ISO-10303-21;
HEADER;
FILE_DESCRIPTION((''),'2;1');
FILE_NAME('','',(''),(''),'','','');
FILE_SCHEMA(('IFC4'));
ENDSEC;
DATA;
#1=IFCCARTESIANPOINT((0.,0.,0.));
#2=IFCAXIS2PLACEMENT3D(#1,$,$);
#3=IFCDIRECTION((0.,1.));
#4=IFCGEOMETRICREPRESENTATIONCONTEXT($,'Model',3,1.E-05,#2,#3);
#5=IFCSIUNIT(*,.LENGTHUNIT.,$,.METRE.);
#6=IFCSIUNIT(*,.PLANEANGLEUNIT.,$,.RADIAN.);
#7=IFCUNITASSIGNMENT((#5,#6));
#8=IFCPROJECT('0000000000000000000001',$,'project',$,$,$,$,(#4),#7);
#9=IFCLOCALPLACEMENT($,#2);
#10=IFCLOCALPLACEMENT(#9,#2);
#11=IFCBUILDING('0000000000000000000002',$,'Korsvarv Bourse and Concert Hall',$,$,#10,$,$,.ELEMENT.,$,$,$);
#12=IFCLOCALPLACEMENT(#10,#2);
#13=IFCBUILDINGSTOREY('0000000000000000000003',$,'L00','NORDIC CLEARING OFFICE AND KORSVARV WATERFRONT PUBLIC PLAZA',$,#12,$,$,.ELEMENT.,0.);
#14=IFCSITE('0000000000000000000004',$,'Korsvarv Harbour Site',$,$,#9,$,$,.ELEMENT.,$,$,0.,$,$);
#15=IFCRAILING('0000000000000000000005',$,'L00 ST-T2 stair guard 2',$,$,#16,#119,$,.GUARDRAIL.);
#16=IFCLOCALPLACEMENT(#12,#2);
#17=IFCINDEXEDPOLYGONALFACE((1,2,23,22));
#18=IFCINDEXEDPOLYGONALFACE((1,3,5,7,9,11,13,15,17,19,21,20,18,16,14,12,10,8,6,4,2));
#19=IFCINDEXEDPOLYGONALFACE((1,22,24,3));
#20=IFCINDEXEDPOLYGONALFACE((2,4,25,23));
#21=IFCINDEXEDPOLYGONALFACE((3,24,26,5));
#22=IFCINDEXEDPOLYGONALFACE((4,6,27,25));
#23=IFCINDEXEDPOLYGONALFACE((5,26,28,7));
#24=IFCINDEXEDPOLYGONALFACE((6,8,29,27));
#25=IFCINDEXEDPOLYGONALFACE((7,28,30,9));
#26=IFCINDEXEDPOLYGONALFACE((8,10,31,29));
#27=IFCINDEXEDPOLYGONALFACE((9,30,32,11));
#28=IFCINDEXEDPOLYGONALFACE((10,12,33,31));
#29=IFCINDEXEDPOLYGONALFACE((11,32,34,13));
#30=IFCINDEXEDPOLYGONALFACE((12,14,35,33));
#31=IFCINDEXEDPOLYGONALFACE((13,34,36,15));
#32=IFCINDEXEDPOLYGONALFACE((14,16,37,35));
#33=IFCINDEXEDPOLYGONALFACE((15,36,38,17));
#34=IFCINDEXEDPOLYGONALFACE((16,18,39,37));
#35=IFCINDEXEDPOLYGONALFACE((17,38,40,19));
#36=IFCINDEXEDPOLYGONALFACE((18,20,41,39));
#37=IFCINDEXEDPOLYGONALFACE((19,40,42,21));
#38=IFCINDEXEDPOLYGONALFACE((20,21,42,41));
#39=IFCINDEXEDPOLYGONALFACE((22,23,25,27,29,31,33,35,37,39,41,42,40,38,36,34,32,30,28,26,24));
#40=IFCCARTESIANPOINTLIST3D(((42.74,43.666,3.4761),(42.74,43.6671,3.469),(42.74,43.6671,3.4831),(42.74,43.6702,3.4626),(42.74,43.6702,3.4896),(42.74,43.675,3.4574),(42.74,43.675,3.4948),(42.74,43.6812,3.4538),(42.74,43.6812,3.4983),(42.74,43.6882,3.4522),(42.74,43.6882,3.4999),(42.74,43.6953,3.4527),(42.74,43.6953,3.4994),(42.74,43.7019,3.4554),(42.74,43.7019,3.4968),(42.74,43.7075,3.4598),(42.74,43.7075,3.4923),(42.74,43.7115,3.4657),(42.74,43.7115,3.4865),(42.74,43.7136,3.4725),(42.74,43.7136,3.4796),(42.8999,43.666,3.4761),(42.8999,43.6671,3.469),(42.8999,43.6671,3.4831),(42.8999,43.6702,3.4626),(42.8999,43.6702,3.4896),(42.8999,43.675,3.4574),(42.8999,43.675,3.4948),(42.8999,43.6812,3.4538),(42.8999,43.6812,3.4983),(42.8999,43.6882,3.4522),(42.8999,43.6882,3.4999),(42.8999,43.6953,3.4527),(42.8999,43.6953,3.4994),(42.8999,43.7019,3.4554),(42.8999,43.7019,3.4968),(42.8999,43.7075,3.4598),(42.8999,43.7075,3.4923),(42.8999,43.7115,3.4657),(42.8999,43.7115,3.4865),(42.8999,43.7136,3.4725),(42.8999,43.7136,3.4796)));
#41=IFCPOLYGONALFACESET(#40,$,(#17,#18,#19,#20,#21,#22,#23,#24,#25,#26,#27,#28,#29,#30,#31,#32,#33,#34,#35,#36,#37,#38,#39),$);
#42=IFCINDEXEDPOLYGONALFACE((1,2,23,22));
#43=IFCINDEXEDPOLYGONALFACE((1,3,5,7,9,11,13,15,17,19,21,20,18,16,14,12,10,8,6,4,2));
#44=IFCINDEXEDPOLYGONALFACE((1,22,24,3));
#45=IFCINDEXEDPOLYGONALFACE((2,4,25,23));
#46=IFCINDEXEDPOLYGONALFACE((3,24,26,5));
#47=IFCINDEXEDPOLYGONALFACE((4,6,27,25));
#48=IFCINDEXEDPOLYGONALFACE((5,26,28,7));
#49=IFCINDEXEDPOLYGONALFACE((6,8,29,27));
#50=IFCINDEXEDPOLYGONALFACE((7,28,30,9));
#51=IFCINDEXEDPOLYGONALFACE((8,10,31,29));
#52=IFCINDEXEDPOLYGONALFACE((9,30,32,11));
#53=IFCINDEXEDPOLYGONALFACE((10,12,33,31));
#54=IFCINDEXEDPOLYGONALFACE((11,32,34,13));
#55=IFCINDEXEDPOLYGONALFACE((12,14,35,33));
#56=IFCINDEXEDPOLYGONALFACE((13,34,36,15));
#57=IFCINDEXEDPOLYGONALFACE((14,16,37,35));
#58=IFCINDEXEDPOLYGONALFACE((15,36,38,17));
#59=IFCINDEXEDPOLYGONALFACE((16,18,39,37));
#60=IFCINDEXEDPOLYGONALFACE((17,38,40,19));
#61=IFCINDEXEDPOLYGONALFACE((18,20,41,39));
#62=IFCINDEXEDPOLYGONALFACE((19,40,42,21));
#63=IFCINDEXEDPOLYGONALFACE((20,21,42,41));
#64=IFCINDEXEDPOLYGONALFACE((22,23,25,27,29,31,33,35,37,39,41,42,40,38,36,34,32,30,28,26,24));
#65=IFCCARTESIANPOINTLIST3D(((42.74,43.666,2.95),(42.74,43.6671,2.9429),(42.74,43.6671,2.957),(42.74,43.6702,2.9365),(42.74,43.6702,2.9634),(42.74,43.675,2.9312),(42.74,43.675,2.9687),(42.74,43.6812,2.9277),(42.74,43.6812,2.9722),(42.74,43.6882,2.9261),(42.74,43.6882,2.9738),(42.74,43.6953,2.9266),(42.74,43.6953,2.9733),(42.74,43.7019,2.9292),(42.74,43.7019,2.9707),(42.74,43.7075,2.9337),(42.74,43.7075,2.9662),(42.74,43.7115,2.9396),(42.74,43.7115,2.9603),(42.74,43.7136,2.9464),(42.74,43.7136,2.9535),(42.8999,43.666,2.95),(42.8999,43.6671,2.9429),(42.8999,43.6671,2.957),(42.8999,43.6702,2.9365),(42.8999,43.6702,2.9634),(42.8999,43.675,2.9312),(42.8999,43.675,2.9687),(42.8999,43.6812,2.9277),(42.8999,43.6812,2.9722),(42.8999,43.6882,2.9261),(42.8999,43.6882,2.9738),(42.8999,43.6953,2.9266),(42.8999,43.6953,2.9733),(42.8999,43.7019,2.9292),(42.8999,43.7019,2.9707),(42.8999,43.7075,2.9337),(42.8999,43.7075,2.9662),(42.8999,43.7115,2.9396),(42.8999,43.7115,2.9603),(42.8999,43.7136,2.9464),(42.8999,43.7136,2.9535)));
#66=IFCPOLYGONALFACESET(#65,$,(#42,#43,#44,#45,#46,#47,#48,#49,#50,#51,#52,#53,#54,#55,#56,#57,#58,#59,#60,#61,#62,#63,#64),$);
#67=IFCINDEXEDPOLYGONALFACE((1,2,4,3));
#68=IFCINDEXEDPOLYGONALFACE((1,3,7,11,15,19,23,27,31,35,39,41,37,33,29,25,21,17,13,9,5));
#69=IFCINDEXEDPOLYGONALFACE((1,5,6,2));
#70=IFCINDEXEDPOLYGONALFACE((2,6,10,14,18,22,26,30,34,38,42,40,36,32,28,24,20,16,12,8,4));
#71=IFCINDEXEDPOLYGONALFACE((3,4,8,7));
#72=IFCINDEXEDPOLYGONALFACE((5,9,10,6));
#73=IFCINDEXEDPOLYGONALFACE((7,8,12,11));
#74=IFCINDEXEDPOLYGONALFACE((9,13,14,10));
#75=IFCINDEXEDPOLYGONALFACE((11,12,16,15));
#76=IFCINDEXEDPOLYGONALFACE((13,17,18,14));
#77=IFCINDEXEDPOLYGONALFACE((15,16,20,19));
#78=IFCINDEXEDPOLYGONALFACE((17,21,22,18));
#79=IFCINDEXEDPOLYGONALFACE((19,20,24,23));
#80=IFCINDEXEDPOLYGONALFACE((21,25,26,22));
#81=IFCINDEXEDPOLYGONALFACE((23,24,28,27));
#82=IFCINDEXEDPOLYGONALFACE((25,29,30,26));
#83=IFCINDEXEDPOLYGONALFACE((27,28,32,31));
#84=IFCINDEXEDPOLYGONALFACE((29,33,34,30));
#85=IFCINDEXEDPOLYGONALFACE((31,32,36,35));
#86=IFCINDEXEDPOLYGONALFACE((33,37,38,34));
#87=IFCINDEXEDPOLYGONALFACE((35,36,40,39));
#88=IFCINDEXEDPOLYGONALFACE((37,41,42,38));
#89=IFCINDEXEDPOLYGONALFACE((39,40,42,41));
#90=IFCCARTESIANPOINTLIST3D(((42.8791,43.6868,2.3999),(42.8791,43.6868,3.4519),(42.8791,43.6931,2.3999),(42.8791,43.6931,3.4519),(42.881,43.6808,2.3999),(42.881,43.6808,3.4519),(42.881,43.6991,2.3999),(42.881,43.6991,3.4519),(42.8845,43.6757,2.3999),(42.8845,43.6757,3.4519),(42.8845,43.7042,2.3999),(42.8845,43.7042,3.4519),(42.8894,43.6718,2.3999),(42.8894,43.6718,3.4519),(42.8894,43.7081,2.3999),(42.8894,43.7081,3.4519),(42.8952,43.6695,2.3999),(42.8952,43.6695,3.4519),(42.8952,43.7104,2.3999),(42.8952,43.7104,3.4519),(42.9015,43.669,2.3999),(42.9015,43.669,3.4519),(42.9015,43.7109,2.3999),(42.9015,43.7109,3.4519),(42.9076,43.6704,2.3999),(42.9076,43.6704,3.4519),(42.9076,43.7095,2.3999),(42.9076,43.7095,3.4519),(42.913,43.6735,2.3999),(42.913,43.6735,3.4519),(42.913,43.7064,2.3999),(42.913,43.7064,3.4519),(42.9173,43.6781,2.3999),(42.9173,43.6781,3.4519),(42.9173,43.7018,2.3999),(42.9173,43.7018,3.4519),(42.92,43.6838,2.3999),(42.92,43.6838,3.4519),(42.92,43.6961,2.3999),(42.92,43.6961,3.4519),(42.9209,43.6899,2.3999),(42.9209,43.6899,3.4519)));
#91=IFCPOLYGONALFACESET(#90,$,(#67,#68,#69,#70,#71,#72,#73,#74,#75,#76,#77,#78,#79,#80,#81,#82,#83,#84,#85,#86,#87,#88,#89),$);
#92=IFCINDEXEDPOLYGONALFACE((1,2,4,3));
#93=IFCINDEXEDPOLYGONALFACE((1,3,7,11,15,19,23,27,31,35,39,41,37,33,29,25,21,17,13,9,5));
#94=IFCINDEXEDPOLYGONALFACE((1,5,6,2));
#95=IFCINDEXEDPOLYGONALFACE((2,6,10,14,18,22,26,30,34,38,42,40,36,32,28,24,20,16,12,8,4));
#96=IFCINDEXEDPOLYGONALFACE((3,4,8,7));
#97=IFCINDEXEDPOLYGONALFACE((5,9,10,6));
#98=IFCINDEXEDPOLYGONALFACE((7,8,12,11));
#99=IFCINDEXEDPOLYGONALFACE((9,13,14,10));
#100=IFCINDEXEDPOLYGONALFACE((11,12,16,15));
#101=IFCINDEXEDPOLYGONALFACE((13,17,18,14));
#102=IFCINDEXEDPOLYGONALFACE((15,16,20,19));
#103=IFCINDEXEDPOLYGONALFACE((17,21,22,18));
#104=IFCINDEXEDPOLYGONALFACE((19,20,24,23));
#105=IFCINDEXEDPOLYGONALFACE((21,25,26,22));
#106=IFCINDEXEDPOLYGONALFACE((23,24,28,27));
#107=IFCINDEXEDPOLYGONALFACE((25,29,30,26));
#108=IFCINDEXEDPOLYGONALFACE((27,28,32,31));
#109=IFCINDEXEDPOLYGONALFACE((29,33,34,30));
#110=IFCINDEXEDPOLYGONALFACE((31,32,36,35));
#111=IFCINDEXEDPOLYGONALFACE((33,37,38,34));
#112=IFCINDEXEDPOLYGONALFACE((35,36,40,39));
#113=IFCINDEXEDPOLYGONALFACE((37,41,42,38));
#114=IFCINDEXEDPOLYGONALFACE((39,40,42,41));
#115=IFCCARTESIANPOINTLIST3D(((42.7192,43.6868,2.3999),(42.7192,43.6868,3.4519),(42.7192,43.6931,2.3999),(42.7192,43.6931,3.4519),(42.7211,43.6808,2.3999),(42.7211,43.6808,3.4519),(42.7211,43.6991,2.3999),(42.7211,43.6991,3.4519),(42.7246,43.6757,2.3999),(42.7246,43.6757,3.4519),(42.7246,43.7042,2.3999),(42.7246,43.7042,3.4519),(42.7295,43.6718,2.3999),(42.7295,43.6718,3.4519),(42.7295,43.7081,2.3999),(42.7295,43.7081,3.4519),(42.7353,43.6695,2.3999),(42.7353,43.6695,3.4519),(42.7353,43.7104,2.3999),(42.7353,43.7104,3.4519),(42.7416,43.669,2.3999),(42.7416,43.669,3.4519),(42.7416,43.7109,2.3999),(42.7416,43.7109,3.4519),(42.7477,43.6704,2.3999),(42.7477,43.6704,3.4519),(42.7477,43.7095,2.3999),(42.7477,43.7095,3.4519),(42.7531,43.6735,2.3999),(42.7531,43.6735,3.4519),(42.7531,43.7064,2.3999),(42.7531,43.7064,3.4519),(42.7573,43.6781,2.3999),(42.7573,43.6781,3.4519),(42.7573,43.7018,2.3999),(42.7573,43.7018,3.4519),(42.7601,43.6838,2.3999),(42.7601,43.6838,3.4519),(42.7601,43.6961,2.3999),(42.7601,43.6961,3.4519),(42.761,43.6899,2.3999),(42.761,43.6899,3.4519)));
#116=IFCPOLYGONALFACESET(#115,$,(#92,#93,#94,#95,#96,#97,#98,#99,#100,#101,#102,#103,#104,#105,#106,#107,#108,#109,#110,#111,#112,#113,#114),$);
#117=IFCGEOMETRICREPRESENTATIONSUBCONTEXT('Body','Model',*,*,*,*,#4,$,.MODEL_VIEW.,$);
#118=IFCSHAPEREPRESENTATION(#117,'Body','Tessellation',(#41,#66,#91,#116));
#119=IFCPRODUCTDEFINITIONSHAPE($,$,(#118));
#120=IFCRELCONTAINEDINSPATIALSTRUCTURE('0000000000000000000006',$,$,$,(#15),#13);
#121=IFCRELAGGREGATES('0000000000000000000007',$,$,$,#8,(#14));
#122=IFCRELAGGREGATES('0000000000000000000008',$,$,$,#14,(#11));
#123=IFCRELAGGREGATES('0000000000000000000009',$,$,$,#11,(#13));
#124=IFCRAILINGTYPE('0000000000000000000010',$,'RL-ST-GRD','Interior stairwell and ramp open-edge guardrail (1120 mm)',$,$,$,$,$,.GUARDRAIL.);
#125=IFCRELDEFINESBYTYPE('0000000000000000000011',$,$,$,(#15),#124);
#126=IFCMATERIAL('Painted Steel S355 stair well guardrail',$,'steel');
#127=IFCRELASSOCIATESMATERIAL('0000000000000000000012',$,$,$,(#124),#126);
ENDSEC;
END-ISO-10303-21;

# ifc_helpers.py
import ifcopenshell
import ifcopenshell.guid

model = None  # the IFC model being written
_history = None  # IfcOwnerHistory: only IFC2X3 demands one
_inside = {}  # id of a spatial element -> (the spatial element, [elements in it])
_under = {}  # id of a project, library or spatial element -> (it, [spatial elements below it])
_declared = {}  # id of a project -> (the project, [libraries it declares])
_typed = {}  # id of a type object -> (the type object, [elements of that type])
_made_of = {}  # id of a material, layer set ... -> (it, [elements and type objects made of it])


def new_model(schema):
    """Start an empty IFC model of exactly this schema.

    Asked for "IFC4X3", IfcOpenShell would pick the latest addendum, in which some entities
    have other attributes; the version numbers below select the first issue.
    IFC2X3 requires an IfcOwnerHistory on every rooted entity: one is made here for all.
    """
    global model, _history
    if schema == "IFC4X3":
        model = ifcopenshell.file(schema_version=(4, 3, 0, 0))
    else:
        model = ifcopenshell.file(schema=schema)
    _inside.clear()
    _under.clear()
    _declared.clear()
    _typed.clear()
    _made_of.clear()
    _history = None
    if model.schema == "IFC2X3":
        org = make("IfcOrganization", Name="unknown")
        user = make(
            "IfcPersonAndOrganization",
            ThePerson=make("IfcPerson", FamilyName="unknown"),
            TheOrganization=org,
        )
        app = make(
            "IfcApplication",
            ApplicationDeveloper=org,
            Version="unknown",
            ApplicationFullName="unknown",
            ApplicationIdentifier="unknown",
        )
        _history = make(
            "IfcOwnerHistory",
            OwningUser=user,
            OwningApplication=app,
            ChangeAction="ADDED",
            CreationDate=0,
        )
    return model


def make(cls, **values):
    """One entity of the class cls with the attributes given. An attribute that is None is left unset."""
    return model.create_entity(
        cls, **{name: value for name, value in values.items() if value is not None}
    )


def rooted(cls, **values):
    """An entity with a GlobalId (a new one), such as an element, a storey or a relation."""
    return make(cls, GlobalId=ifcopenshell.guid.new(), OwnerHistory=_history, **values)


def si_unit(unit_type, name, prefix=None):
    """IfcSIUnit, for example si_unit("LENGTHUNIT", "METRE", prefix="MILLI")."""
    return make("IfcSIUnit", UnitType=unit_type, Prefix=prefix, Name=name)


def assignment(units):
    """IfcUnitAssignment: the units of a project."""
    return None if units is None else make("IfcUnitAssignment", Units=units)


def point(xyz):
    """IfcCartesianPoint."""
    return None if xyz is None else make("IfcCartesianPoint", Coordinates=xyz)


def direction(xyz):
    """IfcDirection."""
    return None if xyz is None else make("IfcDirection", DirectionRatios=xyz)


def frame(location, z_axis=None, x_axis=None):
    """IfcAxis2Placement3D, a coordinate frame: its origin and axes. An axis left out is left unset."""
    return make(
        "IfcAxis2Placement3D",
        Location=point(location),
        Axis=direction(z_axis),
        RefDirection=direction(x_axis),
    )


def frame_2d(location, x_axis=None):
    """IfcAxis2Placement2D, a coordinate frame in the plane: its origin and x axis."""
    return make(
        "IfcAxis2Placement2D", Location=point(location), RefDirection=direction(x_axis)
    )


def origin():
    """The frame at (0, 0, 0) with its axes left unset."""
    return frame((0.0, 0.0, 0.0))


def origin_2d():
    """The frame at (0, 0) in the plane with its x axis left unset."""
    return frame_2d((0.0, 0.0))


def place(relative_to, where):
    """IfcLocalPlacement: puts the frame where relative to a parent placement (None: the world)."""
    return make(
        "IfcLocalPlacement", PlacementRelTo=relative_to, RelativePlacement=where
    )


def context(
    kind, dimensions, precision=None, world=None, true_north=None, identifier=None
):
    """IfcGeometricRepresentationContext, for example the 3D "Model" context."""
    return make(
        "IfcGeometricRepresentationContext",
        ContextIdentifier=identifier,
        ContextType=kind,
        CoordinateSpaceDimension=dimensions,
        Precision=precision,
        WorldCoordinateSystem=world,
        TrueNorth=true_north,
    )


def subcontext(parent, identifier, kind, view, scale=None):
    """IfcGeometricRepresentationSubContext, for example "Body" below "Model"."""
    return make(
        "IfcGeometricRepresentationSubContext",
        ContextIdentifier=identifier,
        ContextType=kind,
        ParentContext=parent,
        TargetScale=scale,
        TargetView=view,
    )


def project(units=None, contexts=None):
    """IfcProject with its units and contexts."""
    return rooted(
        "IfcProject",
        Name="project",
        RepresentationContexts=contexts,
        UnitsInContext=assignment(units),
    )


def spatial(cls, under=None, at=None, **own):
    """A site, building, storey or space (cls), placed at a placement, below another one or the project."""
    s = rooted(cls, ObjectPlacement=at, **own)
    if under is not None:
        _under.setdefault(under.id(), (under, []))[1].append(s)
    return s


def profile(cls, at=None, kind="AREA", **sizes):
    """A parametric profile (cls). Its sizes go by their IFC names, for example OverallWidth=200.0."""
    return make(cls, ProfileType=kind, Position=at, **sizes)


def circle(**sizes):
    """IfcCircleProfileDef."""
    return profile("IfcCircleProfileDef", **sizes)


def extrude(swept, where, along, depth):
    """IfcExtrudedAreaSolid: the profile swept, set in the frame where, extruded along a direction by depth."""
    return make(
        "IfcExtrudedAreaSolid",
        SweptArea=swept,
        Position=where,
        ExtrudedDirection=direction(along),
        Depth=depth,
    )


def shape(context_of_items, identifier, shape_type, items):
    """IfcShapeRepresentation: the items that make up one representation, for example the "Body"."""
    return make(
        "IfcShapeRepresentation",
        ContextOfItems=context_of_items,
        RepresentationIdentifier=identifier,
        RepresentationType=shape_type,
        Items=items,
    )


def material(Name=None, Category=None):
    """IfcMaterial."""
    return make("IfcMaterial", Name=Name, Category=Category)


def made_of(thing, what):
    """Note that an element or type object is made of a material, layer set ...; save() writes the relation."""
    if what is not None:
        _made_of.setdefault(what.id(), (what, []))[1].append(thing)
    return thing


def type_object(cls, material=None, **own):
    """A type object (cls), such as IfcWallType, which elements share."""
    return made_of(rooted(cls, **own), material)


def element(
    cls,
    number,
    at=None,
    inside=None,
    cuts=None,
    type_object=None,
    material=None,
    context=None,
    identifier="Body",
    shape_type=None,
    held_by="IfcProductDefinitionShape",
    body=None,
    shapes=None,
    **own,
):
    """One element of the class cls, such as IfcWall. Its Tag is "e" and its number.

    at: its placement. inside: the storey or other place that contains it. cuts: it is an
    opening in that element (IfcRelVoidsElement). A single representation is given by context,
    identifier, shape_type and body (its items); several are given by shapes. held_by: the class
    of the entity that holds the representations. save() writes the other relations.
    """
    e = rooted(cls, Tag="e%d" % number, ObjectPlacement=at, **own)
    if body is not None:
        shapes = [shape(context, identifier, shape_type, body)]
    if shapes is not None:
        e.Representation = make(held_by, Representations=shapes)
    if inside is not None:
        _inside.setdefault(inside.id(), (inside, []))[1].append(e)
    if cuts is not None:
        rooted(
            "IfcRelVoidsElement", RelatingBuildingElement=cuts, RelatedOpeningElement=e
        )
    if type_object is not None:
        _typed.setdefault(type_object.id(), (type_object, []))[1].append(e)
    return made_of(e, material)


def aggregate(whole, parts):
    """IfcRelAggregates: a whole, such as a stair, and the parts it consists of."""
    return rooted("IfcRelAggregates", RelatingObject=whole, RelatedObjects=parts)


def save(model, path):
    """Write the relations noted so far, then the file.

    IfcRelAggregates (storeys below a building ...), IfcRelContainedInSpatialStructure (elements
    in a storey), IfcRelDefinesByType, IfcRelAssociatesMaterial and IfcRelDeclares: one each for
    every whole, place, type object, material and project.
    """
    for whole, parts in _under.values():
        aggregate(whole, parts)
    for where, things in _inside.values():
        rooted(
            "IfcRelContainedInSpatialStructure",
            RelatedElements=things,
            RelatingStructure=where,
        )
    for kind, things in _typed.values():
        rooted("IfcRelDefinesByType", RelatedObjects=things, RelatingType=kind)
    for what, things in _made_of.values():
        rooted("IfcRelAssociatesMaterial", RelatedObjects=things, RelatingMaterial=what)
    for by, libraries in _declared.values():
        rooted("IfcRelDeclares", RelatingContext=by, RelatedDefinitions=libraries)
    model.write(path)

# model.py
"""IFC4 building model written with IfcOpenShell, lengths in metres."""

from ifc_helpers import new_model, si_unit, direction, frame, origin, origin_2d, place, context, subcontext, project, spatial, circle, extrude, material, type_object, element, save


model = new_model("IFC4")

# Units and contexts
model_context = context("Model", 3, precision=1e-05, world=origin(), true_north=direction((0.0, 1.0)))
body_context = subcontext(model_context, "Body", "Model", "MODEL_VIEW")
ifc_project = project(units=[si_unit("LENGTHUNIT", "METRE"), si_unit("PLANEANGLEUNIT", "RADIAN")], contexts=[model_context])

# Site, building, storey
site_placement = place(None, origin())
site = spatial("IfcSite", under=ifc_project, at=site_placement, Name="Korsvarv Harbour Site", CompositionType="ELEMENT", RefElevation=0.0)
building_placement = place(site_placement, origin())
building = spatial("IfcBuilding", under=site, at=building_placement, Name="Korsvarv Bourse and Concert Hall", CompositionType="ELEMENT")
storey_placement = place(building_placement, origin())
storey = spatial("IfcBuildingStorey", under=building, at=storey_placement, Name="L00", Description="NORDIC CLEARING OFFICE AND KORSVARV WATERFRONT PUBLIC PLAZA", CompositionType="ELEMENT", Elevation=0.0)

# Railing
ifc_material_1 = material(Name="Painted Steel S355 stair well guardrail", Category="steel")
railing_type_1 = type_object("IfcRailingType", Name="RL-ST-GRD", Description="Interior stairwell and ramp open-edge guardrail (1120 mm)", PredefinedType="GUARDRAIL", material=ifc_material_1)
railing_1_placement = place(storey_placement, frame((42.8999, 43.6899, 2.3999)))
element("IfcRailing", 1, at=railing_1_placement, inside=storey, type_object=railing_type_1, Name="L00 ST-T2 stair guard 2", PredefinedType="GUARDRAIL", context=body_context, shape_type="SweptSolid", body=[
    extrude(circle(Radius=0.0239, at=origin_2d()), frame((0.0, 0.0, 1.0762), z_axis=(-1.0, 0.0, 0.0), x_axis=(0.0, -1.0, 0.0)), (0.0, 0.0, 1.0), 0.1599),
    extrude(circle(Radius=0.0239, at=origin_2d()), frame((0.0, 0.0, 0.55), z_axis=(-1.0, 0.0, 0.0), x_axis=(0.0, -1.0, 0.0)), (0.0, 0.0, 1.0), 0.1599),
    extrude(circle(Radius=0.021, at=origin_2d()), origin(), (0.0, 0.0, 1.0), 1.052),
    extrude(circle(Radius=0.021, at=origin_2d()), frame((-0.1599, 0.0, 0.0)), (0.0, 0.0, 1.0), 1.052),
])

save(model, "model.ifc")
